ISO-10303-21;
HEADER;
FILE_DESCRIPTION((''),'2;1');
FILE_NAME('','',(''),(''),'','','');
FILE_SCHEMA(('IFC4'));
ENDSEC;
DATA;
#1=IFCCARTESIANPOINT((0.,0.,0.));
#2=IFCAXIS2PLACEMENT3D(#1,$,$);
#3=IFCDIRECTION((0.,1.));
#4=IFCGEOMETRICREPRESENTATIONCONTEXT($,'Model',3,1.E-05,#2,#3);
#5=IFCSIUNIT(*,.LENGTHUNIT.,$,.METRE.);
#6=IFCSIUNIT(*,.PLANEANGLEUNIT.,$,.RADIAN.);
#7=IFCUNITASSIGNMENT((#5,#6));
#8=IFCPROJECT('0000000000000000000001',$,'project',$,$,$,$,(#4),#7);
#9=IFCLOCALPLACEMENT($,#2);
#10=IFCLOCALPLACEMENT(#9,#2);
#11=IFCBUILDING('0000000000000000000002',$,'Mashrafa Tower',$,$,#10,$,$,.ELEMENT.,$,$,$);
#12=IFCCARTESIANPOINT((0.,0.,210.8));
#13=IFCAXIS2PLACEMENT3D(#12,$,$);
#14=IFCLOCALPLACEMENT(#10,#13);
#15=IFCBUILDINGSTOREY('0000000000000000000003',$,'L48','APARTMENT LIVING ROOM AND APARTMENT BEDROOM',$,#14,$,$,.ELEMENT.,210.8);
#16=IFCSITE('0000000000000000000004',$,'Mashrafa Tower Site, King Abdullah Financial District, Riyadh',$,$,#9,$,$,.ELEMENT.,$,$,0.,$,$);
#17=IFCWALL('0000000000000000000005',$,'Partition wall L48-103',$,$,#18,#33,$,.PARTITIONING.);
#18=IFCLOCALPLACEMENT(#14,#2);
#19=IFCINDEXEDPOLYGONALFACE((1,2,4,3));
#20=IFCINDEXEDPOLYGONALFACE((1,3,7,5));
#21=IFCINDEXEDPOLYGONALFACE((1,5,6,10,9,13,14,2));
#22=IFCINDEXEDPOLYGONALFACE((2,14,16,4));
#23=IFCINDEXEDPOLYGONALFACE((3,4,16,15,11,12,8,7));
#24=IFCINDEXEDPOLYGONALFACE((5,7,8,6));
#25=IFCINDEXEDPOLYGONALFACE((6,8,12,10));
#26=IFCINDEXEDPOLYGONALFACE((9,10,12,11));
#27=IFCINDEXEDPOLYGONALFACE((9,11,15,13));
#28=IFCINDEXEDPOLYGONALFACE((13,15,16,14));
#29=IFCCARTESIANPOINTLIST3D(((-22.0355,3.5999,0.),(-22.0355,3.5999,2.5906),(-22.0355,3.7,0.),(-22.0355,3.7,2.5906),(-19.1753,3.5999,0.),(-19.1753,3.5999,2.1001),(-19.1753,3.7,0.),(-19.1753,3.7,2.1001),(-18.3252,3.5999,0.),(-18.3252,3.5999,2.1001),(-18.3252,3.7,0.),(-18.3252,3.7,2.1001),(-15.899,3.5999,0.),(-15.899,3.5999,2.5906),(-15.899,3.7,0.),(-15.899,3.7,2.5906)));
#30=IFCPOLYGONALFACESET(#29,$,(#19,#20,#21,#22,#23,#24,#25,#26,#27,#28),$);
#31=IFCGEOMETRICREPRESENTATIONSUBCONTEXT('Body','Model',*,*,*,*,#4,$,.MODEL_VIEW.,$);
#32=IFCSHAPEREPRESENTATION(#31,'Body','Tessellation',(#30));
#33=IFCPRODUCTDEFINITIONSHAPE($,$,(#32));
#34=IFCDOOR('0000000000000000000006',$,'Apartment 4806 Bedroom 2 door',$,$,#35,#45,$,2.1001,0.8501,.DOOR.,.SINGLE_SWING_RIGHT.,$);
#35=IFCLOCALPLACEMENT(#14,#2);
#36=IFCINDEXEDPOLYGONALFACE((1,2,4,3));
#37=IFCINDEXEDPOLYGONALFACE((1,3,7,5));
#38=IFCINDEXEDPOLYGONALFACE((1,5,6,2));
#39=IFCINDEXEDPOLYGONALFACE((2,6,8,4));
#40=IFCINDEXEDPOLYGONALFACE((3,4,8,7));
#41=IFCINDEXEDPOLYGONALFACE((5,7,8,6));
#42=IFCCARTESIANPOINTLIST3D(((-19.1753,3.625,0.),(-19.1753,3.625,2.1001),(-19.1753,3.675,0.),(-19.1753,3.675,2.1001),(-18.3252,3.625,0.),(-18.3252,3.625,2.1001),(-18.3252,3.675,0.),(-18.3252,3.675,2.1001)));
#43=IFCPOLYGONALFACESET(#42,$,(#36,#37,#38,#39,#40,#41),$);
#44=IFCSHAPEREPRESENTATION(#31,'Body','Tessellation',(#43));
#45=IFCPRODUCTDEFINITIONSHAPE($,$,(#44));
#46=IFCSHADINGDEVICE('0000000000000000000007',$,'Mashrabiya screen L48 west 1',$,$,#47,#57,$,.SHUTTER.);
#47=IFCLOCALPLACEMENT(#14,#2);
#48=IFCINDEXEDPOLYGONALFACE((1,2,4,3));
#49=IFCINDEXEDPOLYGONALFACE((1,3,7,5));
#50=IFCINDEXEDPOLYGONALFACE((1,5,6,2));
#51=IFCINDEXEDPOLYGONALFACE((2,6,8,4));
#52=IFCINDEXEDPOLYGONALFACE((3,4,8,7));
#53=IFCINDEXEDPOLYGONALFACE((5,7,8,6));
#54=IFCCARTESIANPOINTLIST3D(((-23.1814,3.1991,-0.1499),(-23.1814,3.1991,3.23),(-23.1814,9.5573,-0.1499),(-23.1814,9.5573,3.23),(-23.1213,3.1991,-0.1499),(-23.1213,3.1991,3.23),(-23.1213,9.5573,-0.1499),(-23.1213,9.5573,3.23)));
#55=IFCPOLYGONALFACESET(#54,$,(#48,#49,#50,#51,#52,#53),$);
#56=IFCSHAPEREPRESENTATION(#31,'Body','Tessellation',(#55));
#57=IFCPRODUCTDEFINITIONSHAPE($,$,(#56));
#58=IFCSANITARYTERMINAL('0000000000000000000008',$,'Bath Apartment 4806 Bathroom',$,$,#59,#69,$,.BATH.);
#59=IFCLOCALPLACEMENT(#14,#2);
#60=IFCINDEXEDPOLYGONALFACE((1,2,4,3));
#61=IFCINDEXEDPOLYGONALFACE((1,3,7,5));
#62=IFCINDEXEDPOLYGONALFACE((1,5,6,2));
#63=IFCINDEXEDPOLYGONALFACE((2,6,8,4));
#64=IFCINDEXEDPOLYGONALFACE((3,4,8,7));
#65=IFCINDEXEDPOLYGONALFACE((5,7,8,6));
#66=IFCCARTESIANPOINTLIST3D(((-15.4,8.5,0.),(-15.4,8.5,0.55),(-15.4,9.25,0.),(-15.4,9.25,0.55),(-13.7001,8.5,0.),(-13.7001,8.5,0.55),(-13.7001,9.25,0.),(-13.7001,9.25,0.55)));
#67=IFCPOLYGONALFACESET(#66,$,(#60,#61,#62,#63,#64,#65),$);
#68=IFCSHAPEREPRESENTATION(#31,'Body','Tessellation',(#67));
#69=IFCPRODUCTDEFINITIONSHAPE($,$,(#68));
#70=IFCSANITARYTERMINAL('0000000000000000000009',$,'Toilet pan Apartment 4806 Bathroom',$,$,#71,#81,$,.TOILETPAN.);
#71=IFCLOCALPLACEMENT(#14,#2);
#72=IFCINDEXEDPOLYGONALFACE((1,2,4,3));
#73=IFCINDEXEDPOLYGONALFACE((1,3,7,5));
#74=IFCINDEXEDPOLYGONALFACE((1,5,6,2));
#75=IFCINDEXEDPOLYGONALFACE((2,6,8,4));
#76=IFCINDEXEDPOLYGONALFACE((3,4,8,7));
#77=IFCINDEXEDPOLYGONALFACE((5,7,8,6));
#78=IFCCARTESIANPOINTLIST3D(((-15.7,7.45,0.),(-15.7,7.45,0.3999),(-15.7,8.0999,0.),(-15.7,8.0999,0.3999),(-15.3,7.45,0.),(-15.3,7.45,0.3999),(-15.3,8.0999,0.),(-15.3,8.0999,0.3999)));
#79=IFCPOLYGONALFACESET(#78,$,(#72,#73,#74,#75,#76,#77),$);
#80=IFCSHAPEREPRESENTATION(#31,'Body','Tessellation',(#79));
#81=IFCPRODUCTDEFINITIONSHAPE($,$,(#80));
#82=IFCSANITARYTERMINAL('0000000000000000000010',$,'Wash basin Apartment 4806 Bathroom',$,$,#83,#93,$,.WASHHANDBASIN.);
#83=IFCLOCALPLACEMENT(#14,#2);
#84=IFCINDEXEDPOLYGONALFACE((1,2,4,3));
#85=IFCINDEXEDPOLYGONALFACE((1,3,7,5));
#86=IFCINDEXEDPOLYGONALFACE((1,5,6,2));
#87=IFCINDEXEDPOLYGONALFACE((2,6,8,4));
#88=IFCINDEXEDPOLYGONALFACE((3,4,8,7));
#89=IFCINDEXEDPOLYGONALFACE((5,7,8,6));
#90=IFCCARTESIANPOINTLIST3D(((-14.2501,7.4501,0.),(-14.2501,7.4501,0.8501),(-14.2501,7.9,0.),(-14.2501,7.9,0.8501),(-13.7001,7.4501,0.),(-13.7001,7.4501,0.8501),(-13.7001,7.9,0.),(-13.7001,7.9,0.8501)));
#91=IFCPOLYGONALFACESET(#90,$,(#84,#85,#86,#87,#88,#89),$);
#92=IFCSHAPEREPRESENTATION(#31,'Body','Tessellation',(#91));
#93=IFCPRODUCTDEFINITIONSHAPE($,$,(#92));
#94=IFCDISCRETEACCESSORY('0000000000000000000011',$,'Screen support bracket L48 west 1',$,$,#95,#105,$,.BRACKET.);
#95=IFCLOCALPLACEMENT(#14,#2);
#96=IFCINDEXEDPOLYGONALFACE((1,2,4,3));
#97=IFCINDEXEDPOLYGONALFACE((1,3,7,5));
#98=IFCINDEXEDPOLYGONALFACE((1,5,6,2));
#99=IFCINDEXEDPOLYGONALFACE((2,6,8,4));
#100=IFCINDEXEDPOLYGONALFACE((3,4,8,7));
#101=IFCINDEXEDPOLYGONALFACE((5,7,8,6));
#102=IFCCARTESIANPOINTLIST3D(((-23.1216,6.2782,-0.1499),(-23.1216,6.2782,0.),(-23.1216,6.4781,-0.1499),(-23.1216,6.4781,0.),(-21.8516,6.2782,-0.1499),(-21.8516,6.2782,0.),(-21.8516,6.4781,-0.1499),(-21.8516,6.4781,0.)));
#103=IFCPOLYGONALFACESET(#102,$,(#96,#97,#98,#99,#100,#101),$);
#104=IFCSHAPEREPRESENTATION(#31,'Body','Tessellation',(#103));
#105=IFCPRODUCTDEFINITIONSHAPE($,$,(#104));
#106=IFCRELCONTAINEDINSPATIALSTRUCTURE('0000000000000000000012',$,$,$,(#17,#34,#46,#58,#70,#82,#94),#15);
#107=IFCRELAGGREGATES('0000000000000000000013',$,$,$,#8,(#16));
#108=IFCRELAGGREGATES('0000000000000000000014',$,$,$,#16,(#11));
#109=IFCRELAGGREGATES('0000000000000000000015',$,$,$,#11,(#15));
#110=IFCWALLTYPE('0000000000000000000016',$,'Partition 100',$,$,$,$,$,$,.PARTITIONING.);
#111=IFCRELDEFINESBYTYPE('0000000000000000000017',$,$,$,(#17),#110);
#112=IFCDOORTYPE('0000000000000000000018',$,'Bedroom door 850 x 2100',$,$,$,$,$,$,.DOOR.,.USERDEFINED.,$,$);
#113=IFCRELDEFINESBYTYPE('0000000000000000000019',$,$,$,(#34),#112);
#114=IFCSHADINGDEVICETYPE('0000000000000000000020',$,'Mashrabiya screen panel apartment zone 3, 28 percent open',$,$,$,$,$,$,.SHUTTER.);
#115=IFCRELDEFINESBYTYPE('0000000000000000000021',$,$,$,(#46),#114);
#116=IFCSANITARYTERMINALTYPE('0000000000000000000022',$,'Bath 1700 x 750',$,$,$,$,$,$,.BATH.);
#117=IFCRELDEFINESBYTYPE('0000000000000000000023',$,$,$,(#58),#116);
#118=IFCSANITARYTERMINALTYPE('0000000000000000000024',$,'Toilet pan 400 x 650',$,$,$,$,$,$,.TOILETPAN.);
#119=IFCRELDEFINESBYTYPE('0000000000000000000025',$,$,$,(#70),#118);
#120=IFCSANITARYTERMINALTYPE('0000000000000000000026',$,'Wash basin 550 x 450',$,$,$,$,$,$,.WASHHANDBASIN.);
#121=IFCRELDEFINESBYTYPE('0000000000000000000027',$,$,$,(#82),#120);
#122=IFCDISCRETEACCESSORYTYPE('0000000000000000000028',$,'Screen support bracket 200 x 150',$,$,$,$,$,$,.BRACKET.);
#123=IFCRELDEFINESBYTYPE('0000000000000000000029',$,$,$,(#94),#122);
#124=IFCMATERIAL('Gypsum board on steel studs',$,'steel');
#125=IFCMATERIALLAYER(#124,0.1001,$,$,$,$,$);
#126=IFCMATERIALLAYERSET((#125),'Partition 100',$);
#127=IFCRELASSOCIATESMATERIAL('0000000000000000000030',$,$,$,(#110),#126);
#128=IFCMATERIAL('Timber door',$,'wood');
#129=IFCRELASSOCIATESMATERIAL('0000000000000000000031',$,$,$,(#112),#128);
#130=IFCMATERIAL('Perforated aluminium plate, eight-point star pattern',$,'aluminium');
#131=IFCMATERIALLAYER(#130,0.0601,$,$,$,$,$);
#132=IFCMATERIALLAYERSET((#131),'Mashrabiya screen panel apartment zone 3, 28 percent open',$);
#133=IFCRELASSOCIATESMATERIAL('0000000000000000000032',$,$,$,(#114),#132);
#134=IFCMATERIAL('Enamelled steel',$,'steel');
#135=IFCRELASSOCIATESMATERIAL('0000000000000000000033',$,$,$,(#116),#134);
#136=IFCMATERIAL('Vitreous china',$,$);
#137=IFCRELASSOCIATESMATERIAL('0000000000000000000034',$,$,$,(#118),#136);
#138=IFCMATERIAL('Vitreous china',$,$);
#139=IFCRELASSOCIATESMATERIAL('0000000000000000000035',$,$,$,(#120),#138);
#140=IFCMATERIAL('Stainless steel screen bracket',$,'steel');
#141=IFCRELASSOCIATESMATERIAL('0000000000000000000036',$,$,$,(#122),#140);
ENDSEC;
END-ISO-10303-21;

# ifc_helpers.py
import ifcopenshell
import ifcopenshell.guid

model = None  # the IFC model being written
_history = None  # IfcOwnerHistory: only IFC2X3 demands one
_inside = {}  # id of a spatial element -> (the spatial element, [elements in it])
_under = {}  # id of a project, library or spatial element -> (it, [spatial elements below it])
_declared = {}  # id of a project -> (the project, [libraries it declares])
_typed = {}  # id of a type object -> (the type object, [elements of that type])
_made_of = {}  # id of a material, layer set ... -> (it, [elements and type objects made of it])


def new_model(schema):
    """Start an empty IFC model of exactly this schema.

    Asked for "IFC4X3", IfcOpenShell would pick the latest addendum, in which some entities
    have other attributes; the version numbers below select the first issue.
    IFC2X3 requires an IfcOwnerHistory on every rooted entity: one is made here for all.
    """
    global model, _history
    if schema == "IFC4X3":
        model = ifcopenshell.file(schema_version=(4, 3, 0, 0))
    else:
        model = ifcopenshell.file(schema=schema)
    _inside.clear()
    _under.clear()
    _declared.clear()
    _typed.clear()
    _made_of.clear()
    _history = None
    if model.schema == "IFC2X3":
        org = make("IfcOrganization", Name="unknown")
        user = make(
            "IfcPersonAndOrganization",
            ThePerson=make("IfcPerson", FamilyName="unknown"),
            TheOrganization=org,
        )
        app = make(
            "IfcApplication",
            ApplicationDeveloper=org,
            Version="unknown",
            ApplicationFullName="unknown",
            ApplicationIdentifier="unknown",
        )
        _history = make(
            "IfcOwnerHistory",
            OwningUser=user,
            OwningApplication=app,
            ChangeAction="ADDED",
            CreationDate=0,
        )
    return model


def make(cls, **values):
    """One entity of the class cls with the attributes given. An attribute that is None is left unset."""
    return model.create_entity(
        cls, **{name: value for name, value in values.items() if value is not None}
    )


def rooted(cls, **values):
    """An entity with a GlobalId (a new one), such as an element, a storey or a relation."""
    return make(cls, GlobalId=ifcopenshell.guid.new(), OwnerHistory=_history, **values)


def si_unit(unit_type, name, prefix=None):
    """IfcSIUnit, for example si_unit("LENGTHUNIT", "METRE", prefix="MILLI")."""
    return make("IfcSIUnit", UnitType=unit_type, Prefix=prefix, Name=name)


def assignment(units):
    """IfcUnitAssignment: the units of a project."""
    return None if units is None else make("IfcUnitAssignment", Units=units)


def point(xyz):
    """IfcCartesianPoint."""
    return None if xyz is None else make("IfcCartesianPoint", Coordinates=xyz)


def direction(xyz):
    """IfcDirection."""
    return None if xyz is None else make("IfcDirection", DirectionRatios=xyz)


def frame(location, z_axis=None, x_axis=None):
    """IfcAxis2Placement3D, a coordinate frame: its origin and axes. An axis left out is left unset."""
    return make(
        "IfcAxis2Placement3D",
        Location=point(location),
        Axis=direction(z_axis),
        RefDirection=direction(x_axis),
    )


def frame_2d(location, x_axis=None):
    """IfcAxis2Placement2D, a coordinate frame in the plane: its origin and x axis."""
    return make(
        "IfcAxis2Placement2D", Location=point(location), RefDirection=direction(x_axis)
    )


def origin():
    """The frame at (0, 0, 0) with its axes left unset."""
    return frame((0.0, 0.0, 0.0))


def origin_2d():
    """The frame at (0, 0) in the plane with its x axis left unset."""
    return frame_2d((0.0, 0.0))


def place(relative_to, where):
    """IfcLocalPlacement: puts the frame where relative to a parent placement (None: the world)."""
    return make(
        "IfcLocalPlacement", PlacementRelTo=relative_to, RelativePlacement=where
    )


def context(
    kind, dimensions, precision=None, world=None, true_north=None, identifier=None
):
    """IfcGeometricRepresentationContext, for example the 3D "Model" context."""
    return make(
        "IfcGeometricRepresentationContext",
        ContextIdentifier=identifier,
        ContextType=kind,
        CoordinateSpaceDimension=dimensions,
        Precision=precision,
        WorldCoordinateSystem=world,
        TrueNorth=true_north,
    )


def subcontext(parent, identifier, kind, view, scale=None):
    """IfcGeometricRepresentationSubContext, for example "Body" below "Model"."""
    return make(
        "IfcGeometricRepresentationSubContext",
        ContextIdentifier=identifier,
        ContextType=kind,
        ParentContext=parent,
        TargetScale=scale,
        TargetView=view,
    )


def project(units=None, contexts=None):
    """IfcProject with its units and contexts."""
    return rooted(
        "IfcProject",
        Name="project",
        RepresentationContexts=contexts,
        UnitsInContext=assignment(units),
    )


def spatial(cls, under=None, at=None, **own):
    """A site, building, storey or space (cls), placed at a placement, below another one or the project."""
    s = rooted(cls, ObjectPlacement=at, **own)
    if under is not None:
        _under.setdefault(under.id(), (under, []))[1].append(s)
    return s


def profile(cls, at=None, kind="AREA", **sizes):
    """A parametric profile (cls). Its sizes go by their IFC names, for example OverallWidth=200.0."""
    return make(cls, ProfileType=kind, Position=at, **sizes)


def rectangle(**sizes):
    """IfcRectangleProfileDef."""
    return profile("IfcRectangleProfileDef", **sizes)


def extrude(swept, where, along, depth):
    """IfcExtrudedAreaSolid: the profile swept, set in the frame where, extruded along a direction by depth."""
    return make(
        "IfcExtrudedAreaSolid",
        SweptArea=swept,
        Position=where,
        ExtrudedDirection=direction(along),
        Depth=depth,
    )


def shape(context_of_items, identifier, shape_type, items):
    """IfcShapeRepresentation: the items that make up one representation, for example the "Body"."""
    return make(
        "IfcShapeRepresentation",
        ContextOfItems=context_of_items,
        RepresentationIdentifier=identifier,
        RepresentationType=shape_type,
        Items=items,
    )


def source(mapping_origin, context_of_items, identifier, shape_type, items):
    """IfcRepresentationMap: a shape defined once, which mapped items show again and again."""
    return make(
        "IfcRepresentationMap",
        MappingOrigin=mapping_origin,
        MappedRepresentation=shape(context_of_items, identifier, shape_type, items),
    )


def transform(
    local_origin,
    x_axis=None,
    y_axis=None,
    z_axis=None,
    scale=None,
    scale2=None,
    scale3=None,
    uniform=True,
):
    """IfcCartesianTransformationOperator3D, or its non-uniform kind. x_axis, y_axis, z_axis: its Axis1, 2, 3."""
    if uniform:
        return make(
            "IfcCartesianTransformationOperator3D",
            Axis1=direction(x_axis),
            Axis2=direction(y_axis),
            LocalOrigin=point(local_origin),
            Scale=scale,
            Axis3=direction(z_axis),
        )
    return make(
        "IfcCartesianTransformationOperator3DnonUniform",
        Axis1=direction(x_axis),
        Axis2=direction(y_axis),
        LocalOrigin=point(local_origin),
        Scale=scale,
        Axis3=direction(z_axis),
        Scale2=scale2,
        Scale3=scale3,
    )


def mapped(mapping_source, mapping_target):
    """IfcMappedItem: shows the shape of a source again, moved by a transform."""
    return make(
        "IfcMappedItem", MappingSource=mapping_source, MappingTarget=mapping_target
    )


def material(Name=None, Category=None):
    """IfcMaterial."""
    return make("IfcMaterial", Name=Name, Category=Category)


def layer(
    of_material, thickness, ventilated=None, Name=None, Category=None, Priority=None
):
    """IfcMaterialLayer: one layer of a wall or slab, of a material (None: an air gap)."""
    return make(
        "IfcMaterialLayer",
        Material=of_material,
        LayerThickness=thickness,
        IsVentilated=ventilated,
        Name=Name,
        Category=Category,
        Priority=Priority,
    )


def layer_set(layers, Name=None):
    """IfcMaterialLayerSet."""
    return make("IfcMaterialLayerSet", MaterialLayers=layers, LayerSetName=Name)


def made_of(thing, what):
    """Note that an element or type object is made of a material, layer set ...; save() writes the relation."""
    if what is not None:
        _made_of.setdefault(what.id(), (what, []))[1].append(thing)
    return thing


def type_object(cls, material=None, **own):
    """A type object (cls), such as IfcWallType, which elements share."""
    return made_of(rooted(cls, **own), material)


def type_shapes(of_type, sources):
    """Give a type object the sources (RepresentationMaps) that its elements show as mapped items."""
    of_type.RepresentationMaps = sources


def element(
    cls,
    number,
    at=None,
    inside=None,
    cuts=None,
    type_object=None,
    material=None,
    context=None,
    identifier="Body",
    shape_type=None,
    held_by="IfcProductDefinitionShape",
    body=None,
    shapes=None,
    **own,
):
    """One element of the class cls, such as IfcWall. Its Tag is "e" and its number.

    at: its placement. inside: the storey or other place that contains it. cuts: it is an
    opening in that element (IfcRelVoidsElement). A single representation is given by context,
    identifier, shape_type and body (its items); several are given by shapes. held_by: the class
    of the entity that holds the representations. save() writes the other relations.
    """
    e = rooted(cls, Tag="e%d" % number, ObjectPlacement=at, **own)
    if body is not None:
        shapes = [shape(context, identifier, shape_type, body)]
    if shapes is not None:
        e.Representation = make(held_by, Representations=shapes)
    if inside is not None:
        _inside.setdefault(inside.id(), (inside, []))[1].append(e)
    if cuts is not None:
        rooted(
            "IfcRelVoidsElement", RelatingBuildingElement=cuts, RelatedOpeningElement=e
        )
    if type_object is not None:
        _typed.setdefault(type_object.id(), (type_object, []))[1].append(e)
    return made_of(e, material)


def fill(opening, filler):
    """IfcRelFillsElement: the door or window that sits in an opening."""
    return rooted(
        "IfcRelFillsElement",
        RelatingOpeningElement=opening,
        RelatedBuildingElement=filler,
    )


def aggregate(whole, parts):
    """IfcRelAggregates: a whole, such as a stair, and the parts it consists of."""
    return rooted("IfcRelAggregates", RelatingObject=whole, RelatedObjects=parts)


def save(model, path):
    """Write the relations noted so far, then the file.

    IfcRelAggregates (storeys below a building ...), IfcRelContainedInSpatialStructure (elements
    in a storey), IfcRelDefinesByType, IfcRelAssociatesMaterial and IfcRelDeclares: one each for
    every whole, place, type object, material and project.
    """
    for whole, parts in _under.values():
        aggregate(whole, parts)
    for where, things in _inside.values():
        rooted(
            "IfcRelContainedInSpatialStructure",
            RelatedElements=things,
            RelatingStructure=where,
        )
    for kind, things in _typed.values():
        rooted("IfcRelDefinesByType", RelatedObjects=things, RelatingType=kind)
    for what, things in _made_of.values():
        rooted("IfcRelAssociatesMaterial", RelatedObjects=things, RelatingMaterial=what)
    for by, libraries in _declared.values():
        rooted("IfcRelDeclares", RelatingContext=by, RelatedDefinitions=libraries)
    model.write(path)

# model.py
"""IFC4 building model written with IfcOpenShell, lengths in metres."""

from ifc_helpers import new_model, si_unit, direction, frame, frame_2d, origin, origin_2d, place, context, subcontext, project, spatial, rectangle, extrude, source, transform, mapped, material, layer, layer_set, type_object, type_shapes, element, fill, save


model = new_model("IFC4")

# Units and contexts
model_context = context("Model", 3, precision=1e-05, world=origin(), true_north=direction((0.0, 1.0)))
body_context = subcontext(model_context, "Body", "Model", "MODEL_VIEW")
ifc_project = project(units=[si_unit("LENGTHUNIT", "METRE"), si_unit("PLANEANGLEUNIT", "RADIAN")], contexts=[model_context])

# Site, building, storey
site_placement = place(None, origin())
site = spatial("IfcSite", under=ifc_project, at=site_placement, Name="Mashrafa Tower Site, King Abdullah Financial District, Riyadh", CompositionType="ELEMENT", RefElevation=0.0)
building_placement = place(site_placement, origin())
building = spatial("IfcBuilding", under=site, at=building_placement, Name="Mashrafa Tower", CompositionType="ELEMENT")
storey_placement = place(building_placement, frame((0.0, 0.0, 210.8)))
storey = spatial("IfcBuildingStorey", under=building, at=storey_placement, Name="L48", Description="APARTMENT LIVING ROOM AND APARTMENT BEDROOM", CompositionType="ELEMENT", Elevation=210.8)

# Shared definitions
ifc_material_1 = material(Name="Gypsum board on steel studs", Category="steel")
ifc_layer_1 = layer(ifc_material_1, 0.1001)
ifc_layer_set_1 = layer_set([ifc_layer_1], Name="Partition 100")
wall_type_1 = type_object("IfcWallType", Name="Partition 100", PredefinedType="PARTITIONING", material=ifc_layer_set_1)

# Shared definitions
ifc_material_2 = material(Name="Timber door", Category="wood")
door_type_1 = type_object("IfcDoorType", Name="Bedroom door 850 x 2100", OperationType="USERDEFINED", PredefinedType="DOOR", material=ifc_material_2)

# Wall, opening, door
wall_1_placement = place(storey_placement, frame((-15.8989, 3.6499, 0.0), z_axis=(0.0, 0.0, 1.0), x_axis=(-1.0, 0.0, 0.0)))
wall_1 = element("IfcWall", 1, at=wall_1_placement, inside=storey, type_object=wall_type_1, Name="Partition wall L48-103", PredefinedType="PARTITIONING", context=body_context, shape_type="SweptSolid", body=[
    extrude(rectangle(XDim=6.1365, YDim=0.1001, at=frame_2d((3.0684, 0.0))), origin(), (0.0, 0.0, 1.0), 2.5906),
])
opening_1_placement = place(wall_1_placement, frame((2.4263, 0.0, 0.0)))
opening_1 = element("IfcOpeningElement", 2, at=opening_1_placement, cuts=wall_1, PredefinedType="OPENING", context=body_context, shape_type="SweptSolid", body=[
    extrude(rectangle(XDim=0.8501, YDim=2.1001, at=frame_2d((0.425, 1.05))), frame((0.0, 0.0601, 0.0), z_axis=(0.0, -1.0, 0.0), x_axis=(1.0, 0.0, 0.0)), (0.0, 0.0, 1.0), 0.1201),
])
door_1_placement = place(opening_1_placement, origin())
door_1 = element("IfcDoor", 3, at=door_1_placement, inside=storey, type_object=door_type_1, Name="Apartment 4806 Bedroom 2 door", OperationType="SINGLE_SWING_RIGHT", OverallHeight=2.1001, OverallWidth=0.8501, PredefinedType="DOOR", context=body_context, shape_type="SweptSolid", body=[
    extrude(rectangle(XDim=0.8501, YDim=2.1001, at=frame_2d((0.425, 1.05))), frame((0.0, 0.0249, 0.0), z_axis=(0.0, -1.0, 0.0), x_axis=(1.0, 0.0, 0.0)), (0.0, 0.0, 1.0), 0.05),
])
fill(opening_1, door_1)

# Shading device
ifc_material_3 = material(Name="Perforated aluminium plate, eight-point star pattern", Category="aluminium")
ifc_layer_2 = layer(ifc_material_3, 0.0601)
ifc_layer_set_2 = layer_set([ifc_layer_2], Name="Mashrabiya screen panel apartment zone 3, 28 percent open")
shading_device_type = type_object("IfcShadingDeviceType", Name="Mashrabiya screen panel apartment zone 3, 28 percent open", PredefinedType="SHUTTER", material=ifc_layer_set_2)
shared_shape_1 = source(origin(), body_context, "Body", "SweptSolid", [
    extrude(rectangle(XDim=6.3582, YDim=0.0601, at=origin_2d()), origin(), (0.0, 0.0, 1.0), 3.3799),
])
type_shapes(shading_device_type, [shared_shape_1])
shading_device_placement = place(storey_placement, frame((-23.1514, 6.3782, -0.1499), z_axis=(0.0, 0.0, 1.0), x_axis=(0.0, -1.0, 0.0)))
element("IfcShadingDevice", 4, at=shading_device_placement, inside=storey, type_object=shading_device_type, Name="Mashrabiya screen L48 west 1", PredefinedType="SHUTTER", context=body_context, shape_type="MappedRepresentation", body=[
    mapped(shared_shape_1, transform((0.0, 0.0, 0.0))),
])

# Sanitary terminals
ifc_material_4 = material(Name="Enamelled steel", Category="steel")
sanitary_terminal_type_1 = type_object("IfcSanitaryTerminalType", Name="Bath 1700 x 750", PredefinedType="BATH", material=ifc_material_4)
sanitary_terminal_1_placement = place(storey_placement, frame((-14.55, 8.875, 0.0), z_axis=(0.0, 0.0, 1.0), x_axis=(-1.0, 0.0, 0.0)))
element("IfcSanitaryTerminal", 5, at=sanitary_terminal_1_placement, inside=storey, type_object=sanitary_terminal_type_1, Name="Bath Apartment 4806 Bathroom", PredefinedType="BATH", context=body_context, shape_type="SweptSolid", body=[
    extrude(rectangle(XDim=1.7, YDim=0.75, at=origin_2d()), origin(), (0.0, 0.0, 1.0), 0.55),
])
ifc_material_5 = material(Name="Vitreous china")
sanitary_terminal_type_2 = type_object("IfcSanitaryTerminalType", Name="Toilet pan 400 x 650", PredefinedType="TOILETPAN", material=ifc_material_5)
sanitary_terminal_2_placement = place(storey_placement, frame((-15.5, 7.7749, 0.0), z_axis=(0.0, 0.0, 1.0), x_axis=(1.0, 0.0, 0.0)))
element("IfcSanitaryTerminal", 6, at=sanitary_terminal_2_placement, inside=storey, type_object=sanitary_terminal_type_2, Name="Toilet pan Apartment 4806 Bathroom", PredefinedType="TOILETPAN", context=body_context, shape_type="SweptSolid", body=[
    extrude(rectangle(XDim=0.3999, YDim=0.6499, at=origin_2d()), origin(), (0.0, 0.0, 1.0), 0.3999),
])
ifc_material_6 = material(Name="Vitreous china")
sanitary_terminal_type_3 = type_object("IfcSanitaryTerminalType", Name="Wash basin 550 x 450", PredefinedType="WASHHANDBASIN", material=ifc_material_6)
sanitary_terminal_3_placement = place(storey_placement, frame((-13.9751, 7.675, 0.0), z_axis=(0.0, 0.0, 1.0), x_axis=(1.0, 0.0, 0.0)))
element("IfcSanitaryTerminal", 7, at=sanitary_terminal_3_placement, inside=storey, type_object=sanitary_terminal_type_3, Name="Wash basin Apartment 4806 Bathroom", PredefinedType="WASHHANDBASIN", context=body_context, shape_type="SweptSolid", body=[
    extrude(rectangle(XDim=0.55, YDim=0.45, at=origin_2d()), origin(), (0.0, 0.0, 1.0), 0.8501),
])

# Discrete accessory
ifc_material_7 = material(Name="Stainless steel screen bracket", Category="steel")
discrete_accessory_type = type_object("IfcDiscreteAccessoryType", Name="Screen support bracket 200 x 150", PredefinedType="BRACKET", material=ifc_material_7)
shared_shape_2 = source(origin(), body_context, "Body", "SweptSolid", [
    extrude(rectangle(XDim=0.2, YDim=1.27, at=origin_2d()), origin(), (0.0, 0.0, 1.0), 0.1499),
])
type_shapes(discrete_accessory_type, [shared_shape_2])
discrete_accessory_placement = place(storey_placement, frame((-22.4866, 6.3782, -0.1499), z_axis=(0.0, 0.0, 1.0), x_axis=(0.0, -1.0, 0.0)))
element("IfcDiscreteAccessory", 8, at=discrete_accessory_placement, inside=storey, type_object=discrete_accessory_type, Name="Screen support bracket L48 west 1", PredefinedType="BRACKET", context=body_context, shape_type="MappedRepresentation", body=[
    mapped(shared_shape_2, transform((0.0, 0.0, 0.0))),
])

save(model, "model.ifc")
